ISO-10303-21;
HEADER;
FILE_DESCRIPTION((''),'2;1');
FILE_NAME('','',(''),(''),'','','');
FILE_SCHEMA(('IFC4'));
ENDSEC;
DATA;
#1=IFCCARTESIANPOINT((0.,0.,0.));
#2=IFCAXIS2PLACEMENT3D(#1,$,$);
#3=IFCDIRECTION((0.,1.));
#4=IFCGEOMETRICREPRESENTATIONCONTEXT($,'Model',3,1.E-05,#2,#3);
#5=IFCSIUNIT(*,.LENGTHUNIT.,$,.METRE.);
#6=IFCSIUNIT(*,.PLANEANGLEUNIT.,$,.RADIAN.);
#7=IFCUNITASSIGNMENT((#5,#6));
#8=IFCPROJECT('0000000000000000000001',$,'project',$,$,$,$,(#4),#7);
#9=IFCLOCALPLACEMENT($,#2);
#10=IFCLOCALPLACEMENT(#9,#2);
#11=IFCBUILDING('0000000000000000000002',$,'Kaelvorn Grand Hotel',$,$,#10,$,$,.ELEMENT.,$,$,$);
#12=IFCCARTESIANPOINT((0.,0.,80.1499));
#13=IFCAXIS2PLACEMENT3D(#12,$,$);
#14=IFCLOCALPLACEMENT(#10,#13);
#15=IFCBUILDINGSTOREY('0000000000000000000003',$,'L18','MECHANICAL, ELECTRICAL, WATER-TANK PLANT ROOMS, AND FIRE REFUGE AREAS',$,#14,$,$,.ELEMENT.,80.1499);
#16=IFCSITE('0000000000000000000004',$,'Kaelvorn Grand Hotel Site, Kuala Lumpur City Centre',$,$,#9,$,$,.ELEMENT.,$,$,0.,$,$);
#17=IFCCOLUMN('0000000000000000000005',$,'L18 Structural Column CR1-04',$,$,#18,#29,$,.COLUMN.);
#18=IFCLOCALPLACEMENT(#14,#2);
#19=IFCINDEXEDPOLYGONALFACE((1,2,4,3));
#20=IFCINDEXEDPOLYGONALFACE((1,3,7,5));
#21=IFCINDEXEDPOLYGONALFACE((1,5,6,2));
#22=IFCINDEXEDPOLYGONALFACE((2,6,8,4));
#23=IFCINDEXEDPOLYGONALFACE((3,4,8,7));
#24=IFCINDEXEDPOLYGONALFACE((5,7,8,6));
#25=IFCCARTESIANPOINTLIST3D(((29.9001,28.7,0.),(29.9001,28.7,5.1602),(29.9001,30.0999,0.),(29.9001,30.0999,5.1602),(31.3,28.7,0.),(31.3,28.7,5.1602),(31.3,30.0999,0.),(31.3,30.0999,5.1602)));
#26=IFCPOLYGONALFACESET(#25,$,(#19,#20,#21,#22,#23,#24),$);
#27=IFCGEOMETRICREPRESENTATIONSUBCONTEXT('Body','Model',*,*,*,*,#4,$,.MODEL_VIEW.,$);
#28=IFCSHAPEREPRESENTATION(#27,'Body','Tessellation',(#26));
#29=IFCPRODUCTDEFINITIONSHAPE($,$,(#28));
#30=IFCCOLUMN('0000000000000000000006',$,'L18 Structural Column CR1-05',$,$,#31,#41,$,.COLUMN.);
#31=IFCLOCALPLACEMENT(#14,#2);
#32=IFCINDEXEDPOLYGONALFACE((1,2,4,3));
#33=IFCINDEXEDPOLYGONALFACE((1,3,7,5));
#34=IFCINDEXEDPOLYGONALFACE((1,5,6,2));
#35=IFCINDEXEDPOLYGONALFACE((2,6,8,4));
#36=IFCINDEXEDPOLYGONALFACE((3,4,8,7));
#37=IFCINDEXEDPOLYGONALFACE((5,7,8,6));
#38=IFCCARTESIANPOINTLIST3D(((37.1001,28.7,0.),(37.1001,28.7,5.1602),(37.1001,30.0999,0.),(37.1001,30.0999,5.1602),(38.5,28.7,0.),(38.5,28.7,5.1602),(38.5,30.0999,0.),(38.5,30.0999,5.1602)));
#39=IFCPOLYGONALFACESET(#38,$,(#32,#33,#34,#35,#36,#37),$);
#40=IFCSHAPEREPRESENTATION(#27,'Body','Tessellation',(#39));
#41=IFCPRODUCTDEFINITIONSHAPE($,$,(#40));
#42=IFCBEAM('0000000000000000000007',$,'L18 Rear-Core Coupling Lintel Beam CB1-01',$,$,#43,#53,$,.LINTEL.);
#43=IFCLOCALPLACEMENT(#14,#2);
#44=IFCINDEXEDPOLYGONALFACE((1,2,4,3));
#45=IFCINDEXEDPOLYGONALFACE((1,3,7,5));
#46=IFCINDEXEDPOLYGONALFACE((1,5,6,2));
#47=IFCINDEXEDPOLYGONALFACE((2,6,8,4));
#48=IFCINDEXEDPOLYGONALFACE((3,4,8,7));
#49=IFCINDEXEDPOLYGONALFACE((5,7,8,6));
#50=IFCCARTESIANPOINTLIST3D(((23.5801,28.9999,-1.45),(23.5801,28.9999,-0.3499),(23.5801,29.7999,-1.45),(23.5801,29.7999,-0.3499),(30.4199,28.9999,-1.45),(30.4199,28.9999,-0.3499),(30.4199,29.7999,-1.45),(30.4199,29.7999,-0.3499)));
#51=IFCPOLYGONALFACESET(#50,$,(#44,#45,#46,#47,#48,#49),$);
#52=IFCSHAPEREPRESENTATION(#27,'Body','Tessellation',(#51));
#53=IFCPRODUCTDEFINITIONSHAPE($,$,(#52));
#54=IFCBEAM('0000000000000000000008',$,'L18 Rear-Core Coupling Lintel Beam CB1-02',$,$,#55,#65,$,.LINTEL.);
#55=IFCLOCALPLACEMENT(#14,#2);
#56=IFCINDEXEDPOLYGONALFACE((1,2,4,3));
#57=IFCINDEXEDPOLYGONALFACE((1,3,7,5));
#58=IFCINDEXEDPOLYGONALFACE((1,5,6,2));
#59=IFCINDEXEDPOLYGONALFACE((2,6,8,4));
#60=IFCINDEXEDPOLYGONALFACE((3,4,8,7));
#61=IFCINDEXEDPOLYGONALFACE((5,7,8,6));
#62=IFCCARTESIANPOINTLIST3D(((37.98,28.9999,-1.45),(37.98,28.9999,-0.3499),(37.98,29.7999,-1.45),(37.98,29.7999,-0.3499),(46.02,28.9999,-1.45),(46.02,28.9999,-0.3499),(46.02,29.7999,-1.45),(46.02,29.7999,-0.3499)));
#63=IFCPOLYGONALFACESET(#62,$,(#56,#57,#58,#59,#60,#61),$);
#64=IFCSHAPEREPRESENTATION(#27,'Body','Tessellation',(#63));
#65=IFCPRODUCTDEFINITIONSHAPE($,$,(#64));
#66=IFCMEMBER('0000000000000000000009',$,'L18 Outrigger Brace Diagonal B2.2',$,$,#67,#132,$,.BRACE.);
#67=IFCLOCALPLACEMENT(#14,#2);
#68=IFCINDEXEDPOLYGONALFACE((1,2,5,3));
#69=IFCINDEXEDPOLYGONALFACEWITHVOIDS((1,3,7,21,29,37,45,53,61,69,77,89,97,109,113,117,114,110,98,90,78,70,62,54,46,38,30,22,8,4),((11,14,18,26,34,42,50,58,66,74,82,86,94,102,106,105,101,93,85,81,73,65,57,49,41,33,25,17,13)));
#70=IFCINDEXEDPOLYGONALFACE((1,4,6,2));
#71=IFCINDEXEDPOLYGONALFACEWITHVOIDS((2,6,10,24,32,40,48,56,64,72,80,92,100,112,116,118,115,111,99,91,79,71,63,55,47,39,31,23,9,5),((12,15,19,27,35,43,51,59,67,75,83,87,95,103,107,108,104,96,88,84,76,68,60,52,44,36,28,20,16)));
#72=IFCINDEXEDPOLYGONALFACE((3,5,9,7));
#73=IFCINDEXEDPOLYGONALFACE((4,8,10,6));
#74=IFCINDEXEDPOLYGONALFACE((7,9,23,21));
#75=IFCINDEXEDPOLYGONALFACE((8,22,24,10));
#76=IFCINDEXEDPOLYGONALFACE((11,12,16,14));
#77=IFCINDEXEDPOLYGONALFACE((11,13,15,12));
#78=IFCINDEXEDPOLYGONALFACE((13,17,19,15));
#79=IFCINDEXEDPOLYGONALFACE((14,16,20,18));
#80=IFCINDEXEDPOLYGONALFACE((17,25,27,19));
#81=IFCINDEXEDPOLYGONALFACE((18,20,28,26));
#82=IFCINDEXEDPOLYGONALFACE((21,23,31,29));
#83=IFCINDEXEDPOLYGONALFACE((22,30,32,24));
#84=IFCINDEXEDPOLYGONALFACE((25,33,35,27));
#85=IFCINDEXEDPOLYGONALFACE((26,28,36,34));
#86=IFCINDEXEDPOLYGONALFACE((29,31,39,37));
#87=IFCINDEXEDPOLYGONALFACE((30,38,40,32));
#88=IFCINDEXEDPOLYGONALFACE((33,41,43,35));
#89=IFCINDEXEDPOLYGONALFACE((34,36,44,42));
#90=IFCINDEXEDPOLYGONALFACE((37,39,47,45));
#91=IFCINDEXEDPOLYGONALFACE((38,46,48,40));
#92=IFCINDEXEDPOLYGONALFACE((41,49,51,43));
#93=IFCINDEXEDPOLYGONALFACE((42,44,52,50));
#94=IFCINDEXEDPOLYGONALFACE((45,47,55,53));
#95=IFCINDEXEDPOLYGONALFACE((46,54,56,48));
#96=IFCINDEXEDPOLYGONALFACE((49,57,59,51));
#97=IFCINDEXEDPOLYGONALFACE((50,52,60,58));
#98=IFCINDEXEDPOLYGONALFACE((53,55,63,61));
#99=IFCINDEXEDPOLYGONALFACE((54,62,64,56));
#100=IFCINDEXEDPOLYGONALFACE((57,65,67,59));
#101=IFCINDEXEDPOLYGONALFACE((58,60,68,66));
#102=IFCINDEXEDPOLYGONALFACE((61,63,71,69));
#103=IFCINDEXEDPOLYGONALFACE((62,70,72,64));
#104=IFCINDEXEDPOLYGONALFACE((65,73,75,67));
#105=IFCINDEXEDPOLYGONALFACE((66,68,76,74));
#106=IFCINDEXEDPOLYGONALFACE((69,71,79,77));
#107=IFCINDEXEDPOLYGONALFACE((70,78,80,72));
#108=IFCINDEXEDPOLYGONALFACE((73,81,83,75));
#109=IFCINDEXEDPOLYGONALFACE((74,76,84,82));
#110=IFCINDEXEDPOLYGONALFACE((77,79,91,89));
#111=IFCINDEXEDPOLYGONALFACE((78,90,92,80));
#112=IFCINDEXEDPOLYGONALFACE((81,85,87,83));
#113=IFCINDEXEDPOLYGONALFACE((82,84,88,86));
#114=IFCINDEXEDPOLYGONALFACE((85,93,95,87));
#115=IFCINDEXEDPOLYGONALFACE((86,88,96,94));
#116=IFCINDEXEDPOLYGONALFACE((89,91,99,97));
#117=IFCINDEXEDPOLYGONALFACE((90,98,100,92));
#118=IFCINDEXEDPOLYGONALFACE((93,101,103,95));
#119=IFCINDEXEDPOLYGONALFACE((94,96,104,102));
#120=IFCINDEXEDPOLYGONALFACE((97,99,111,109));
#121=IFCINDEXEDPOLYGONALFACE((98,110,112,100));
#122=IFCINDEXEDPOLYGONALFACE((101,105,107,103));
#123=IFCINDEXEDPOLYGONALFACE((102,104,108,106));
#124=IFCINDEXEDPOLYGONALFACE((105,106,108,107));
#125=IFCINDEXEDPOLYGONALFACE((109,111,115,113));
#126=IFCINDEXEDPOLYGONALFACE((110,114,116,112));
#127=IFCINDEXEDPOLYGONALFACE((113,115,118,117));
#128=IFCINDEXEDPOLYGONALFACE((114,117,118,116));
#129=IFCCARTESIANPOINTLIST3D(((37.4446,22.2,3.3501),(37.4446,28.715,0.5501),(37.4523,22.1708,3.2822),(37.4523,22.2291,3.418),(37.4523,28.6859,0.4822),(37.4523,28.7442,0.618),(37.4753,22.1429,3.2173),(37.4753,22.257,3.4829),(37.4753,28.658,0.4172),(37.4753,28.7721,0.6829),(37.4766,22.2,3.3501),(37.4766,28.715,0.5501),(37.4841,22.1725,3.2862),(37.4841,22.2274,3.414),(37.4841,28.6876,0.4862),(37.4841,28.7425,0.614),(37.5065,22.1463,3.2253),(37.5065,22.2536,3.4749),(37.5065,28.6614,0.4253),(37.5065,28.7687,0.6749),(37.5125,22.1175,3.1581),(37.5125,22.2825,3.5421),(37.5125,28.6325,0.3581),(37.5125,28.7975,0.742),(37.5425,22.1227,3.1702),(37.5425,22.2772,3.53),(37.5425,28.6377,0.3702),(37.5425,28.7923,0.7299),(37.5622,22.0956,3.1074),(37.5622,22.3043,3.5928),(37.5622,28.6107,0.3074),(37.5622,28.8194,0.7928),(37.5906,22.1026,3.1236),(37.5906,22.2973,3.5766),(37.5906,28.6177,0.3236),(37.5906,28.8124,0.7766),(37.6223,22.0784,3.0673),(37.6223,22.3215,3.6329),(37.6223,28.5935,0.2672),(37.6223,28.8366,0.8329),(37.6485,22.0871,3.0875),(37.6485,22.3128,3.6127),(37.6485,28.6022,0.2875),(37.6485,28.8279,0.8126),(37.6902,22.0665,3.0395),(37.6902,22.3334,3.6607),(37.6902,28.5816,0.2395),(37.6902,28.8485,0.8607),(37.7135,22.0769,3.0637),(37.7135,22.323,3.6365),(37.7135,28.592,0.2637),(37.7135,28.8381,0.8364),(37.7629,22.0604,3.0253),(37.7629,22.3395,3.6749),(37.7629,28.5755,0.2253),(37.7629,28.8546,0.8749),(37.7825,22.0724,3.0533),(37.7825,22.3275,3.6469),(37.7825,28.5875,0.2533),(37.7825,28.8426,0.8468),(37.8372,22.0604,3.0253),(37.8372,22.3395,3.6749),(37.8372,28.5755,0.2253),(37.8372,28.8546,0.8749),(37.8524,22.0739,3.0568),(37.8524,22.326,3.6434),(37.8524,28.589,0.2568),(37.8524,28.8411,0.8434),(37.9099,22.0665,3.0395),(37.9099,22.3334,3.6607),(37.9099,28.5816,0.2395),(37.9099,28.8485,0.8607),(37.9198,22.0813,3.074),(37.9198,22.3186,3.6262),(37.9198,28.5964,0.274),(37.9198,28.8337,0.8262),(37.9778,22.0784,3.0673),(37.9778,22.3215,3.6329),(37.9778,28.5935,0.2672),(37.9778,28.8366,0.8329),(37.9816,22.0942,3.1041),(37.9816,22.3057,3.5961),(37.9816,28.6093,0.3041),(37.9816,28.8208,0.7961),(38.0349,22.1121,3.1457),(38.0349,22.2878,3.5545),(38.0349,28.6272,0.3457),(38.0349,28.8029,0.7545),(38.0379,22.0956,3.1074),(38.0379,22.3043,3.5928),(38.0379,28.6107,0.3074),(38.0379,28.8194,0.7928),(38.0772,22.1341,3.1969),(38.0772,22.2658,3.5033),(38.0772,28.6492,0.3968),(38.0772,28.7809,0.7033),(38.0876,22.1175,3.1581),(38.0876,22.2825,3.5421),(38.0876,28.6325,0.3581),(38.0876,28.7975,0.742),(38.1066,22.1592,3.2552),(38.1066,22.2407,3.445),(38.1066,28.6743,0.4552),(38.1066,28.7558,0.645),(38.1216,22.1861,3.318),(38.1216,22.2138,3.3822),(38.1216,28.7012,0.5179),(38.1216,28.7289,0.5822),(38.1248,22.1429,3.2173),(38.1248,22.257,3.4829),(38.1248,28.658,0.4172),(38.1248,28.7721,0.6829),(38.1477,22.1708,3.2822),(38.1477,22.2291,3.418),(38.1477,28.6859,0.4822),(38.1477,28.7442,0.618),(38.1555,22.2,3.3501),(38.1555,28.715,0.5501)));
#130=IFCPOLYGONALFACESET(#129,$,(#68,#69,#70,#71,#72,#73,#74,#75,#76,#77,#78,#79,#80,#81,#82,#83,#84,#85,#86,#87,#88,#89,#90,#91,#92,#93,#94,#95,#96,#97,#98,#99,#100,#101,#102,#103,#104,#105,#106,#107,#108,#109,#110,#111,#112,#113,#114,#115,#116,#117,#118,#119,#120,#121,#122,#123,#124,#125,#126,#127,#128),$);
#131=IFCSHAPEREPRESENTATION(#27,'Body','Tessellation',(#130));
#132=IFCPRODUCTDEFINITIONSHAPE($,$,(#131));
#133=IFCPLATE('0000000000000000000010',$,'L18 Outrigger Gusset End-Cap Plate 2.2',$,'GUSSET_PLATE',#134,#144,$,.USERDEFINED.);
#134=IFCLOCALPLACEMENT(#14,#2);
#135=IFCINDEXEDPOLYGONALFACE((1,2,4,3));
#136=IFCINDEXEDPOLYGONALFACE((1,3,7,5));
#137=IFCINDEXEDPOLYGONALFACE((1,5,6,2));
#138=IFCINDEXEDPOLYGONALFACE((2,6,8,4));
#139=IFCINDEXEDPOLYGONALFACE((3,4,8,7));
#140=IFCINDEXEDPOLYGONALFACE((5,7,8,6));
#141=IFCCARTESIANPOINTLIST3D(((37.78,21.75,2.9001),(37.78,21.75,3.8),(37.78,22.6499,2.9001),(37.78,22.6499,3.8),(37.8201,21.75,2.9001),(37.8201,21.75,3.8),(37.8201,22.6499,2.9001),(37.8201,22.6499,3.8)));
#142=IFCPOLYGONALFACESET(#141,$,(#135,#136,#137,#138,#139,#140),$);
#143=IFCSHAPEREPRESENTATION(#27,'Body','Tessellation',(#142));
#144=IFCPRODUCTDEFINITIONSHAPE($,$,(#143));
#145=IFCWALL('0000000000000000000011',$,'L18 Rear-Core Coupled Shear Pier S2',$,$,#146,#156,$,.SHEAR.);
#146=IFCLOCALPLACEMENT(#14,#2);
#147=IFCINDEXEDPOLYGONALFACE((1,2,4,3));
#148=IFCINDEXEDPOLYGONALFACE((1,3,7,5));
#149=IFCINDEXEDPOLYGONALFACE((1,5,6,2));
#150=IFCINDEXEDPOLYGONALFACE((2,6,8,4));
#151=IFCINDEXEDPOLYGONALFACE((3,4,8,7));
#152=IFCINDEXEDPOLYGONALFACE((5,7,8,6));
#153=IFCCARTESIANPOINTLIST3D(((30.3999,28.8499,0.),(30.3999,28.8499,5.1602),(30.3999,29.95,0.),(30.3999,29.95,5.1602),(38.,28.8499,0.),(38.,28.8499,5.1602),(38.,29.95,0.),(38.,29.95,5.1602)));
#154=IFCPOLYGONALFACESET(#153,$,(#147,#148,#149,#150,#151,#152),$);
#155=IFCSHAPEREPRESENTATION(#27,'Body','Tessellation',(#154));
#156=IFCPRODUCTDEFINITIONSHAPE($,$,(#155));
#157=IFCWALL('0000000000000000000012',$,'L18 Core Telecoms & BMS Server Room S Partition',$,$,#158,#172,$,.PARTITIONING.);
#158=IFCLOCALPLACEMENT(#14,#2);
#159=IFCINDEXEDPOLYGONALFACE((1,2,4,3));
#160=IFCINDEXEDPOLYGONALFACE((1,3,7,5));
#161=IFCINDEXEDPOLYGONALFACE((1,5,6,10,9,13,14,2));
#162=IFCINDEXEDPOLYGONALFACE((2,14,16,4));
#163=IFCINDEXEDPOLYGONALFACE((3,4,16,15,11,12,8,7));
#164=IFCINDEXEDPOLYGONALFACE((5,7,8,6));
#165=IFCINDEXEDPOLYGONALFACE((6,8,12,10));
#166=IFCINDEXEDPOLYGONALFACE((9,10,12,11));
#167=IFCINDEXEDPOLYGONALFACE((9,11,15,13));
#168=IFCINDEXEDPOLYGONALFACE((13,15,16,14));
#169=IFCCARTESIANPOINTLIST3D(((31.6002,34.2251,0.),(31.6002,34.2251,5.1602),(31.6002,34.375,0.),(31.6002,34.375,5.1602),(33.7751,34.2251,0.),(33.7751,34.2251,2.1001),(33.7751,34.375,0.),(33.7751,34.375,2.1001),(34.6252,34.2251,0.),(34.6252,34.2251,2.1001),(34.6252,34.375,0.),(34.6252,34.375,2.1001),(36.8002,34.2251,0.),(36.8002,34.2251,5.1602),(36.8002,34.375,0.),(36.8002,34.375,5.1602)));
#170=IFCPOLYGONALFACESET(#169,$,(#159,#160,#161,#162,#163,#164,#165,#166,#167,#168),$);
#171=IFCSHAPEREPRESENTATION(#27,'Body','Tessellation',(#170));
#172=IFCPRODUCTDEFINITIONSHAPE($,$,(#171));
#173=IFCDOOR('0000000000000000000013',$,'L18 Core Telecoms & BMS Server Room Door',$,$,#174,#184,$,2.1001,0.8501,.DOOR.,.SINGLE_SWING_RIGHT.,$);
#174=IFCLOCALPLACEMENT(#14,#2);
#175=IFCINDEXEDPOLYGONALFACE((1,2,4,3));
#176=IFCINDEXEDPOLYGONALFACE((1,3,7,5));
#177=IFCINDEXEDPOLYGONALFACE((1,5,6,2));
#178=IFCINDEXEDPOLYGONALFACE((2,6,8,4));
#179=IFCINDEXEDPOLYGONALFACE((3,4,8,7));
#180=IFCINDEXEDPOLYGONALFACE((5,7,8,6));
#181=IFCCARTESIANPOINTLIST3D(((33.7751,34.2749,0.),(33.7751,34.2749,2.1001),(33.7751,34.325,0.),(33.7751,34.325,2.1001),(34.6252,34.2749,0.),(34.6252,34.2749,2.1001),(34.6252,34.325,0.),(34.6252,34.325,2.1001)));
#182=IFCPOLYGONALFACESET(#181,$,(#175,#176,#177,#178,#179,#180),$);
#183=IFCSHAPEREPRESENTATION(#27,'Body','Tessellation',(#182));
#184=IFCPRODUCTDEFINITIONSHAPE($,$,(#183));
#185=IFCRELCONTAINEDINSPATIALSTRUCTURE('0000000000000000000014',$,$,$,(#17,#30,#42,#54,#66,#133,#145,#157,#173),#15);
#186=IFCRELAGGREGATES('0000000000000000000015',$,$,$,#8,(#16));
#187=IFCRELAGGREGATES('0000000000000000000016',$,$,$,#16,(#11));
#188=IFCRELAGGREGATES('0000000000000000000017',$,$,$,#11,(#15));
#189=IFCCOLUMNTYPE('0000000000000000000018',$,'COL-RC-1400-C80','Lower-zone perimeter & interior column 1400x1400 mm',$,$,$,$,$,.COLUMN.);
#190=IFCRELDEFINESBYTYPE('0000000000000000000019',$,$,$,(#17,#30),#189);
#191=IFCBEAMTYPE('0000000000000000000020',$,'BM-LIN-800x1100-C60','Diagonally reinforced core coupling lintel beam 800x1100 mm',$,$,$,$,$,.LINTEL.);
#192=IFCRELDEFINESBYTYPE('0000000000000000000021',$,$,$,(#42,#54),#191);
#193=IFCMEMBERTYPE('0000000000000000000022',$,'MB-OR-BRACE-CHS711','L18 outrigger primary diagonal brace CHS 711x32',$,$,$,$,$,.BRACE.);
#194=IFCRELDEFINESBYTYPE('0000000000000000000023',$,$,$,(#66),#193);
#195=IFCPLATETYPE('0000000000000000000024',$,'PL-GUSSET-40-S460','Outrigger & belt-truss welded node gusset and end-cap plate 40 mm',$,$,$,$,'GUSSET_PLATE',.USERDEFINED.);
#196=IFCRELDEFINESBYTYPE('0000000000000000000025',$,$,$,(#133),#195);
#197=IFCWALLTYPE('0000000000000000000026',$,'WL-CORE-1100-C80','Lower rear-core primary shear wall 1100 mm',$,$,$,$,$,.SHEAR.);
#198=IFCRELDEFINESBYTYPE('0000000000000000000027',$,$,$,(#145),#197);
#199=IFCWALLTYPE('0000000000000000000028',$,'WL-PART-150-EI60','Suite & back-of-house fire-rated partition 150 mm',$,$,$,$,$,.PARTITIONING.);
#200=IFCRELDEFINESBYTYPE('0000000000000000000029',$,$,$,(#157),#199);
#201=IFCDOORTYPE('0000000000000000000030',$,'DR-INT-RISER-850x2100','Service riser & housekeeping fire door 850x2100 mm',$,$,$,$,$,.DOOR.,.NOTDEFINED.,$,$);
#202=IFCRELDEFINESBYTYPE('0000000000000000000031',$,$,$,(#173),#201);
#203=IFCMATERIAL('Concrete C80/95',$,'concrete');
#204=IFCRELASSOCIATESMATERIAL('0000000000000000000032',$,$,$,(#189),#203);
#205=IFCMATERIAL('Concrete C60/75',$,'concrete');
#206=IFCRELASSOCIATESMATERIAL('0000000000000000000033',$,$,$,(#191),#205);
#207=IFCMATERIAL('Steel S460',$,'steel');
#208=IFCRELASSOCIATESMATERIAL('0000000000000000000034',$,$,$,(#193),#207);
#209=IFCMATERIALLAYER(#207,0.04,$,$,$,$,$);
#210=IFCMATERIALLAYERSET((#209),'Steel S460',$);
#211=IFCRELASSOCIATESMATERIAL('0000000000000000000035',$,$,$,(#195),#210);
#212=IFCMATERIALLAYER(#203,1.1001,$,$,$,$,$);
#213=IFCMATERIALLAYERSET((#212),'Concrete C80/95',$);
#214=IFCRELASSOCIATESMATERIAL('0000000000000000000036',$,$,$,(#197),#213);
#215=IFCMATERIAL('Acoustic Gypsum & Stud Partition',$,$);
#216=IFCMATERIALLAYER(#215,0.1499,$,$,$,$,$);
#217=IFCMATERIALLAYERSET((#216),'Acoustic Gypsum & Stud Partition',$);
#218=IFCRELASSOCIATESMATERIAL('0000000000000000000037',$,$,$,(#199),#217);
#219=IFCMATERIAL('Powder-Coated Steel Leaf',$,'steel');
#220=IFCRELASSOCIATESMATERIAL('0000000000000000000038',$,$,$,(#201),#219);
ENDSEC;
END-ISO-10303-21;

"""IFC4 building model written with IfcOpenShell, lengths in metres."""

from ifc_helpers import new_model, si_unit, direction, frame, frame_2d, origin, origin_2d, place, context, subcontext, project, spatial, rectangle, hollow_circle, extrude, material, layer, layer_set, material_profile, profile_set, type_object, element, fill, save


model = new_model("IFC4")

# Units and contexts
model_context = context("Model", 3, precision=1e-05, world=origin(), true_north=direction((0.0, 1.0)))
body_context = subcontext(model_context, "Body", "Model", "MODEL_VIEW")
ifc_project = project(units=[si_unit("LENGTHUNIT", "METRE"), si_unit("PLANEANGLEUNIT", "RADIAN")], contexts=[model_context])

# Site, building, storey
site_placement = place(None, origin())
site = spatial("IfcSite", under=ifc_project, at=site_placement, Name="Kaelvorn Grand Hotel Site, Kuala Lumpur City Centre", CompositionType="ELEMENT", RefElevation=0.0)
building_placement = place(site_placement, origin())
building = spatial("IfcBuilding", under=site, at=building_placement, Name="Kaelvorn Grand Hotel", CompositionType="ELEMENT")
storey_placement = place(building_placement, frame((0.0, 0.0, 80.1499)))
storey = spatial("IfcBuildingStorey", under=building, at=storey_placement, Name="L18", Description="MECHANICAL, ELECTRICAL, WATER-TANK PLANT ROOMS, AND FIRE REFUGE AREAS", CompositionType="ELEMENT", Elevation=80.1499)

# Columns
ifc_material_1 = material(Name="Concrete C80/95", Category="concrete")
ifc_material_profile_1 = material_profile(ifc_material_1, rectangle(XDim=1.3999, YDim=1.3999, at=origin_2d()), Name="RC COL 1400x1400")
ifc_profile_set_1 = profile_set([ifc_material_profile_1], Name="Concrete C80/95")
column_type = type_object("IfcColumnType", Name="COL-RC-1400-C80", Description="Lower-zone perimeter & interior column 1400x1400 mm", PredefinedType="COLUMN", material=ifc_profile_set_1)
for number, where, z_axis, x_axis, name in (
    (1, (30.6001, 29.3999, 0.0), (0.0, 0.0, 1.0), (1.0, 0.0, 0.0), "L18 Structural Column CR1-04"),
    (2, (37.8, 29.3999, 0.0), (0.0, 0.0, 1.0), (1.0, 0.0, 0.0), "L18 Structural Column CR1-05"),
):
    element("IfcColumn", number, at=place(storey_placement, frame(where, z_axis=z_axis, x_axis=x_axis)), inside=storey, type_object=column_type, Name=name, PredefinedType="COLUMN", context=body_context, shape_type="SweptSolid", body=[
        extrude(rectangle(XDim=1.3999, YDim=1.3999, at=origin_2d()), origin(), (0.0, 0.0, 1.0), 5.1602),
    ])

# Beams
ifc_material_2 = material(Name="Concrete C60/75", Category="concrete")
ifc_material_profile_2 = material_profile(ifc_material_2, rectangle(XDim=0.8, YDim=1.1001, at=origin_2d()), Name="RC LINTEL 800x1100")
ifc_profile_set_2 = profile_set([ifc_material_profile_2], Name="Concrete C60/75")
beam_type = type_object("IfcBeamType", Name="BM-LIN-800x1100-C60", Description="Diagonally reinforced core coupling lintel beam 800x1100 mm", PredefinedType="LINTEL", material=ifc_profile_set_2)
beam_1_placement = place(storey_placement, frame((23.5801, 29.3999, -0.8999), z_axis=(1.0, 0.0, 0.0), x_axis=(0.0, 1.0, 0.0)))
element("IfcBeam", 3, at=beam_1_placement, inside=storey, type_object=beam_type, Name="L18 Rear-Core Coupling Lintel Beam CB1-01", PredefinedType="LINTEL", context=body_context, shape_type="SweptSolid", body=[
    extrude(rectangle(XDim=0.8, YDim=1.1001, at=origin_2d()), origin(), (0.0, 0.0, 1.0), 6.8398),
])
beam_2_placement = place(storey_placement, frame((37.98, 29.3999, -0.8999), z_axis=(1.0, 0.0, 0.0), x_axis=(0.0, 1.0, 0.0)))
element("IfcBeam", 4, at=beam_2_placement, inside=storey, type_object=beam_type, Name="L18 Rear-Core Coupling Lintel Beam CB1-02", PredefinedType="LINTEL", context=body_context, shape_type="SweptSolid", body=[
    extrude(rectangle(XDim=0.8, YDim=1.1001, at=origin_2d()), origin(), (0.0, 0.0, 1.0), 8.04),
])

# Member
ifc_material_3 = material(Name="Steel S460", Category="steel")
ifc_material_profile_3 = material_profile(ifc_material_3, hollow_circle(Radius=0.3555, WallThickness=0.032, at=origin_2d()), Name="CHS 711.0x32.0")
ifc_profile_set_3 = profile_set([ifc_material_profile_3], Name="Steel S460")
member_type = type_object("IfcMemberType", Name="MB-OR-BRACE-CHS711", Description="L18 outrigger primary diagonal brace CHS 711x32", PredefinedType="BRACE", material=ifc_profile_set_3)
member_placement = place(storey_placement, frame((37.8, 22.2, 3.3501), z_axis=(0.0, 0.918744, -0.394854), x_axis=(-1.0, 0.0, 0.0)))
element("IfcMember", 5, at=member_placement, inside=storey, type_object=member_type, Name="L18 Outrigger Brace Diagonal B2.2", PredefinedType="BRACE", context=body_context, shape_type="SweptSolid", body=[
    extrude(hollow_circle(Radius=0.3555, WallThickness=0.032, at=origin_2d()), origin(), (0.0, 0.0, 1.0), 7.0913),
])

# Plate
ifc_layer_1 = layer(ifc_material_3, 0.04)
ifc_layer_set_1 = layer_set([ifc_layer_1], Name="Steel S460")
plate_type = type_object("IfcPlateType", Name="PL-GUSSET-40-S460", Description="Outrigger & belt-truss welded node gusset and end-cap plate 40 mm", ElementType="GUSSET_PLATE", PredefinedType="USERDEFINED", material=ifc_layer_set_1)
plate_placement = place(storey_placement, frame((37.8, 22.2, 2.9001), z_axis=(0.0, 0.0, 1.0), x_axis=(1.0, 0.0, 0.0)))
element("IfcPlate", 6, at=plate_placement, inside=storey, type_object=plate_type, Name="L18 Outrigger Gusset End-Cap Plate 2.2", ObjectType="GUSSET_PLATE", PredefinedType="USERDEFINED", context=body_context, shape_type="SweptSolid", body=[
    extrude(rectangle(XDim=0.04, YDim=0.8999, at=origin_2d()), origin(), (0.0, 0.0, 1.0), 0.8999),
])

# Wall
ifc_layer_2 = layer(ifc_material_1, 1.1001)
ifc_layer_set_2 = layer_set([ifc_layer_2], Name="Concrete C80/95")
wall_type_1 = type_object("IfcWallType", Name="WL-CORE-1100-C80", Description="Lower rear-core primary shear wall 1100 mm", PredefinedType="SHEAR", material=ifc_layer_set_2)
wall_1_placement = place(storey_placement, frame((30.3999, 29.3999, 0.0), z_axis=(0.0, 0.0, 1.0), x_axis=(1.0, 0.0, 0.0)))
element("IfcWall", 7, at=wall_1_placement, inside=storey, type_object=wall_type_1, Name="L18 Rear-Core Coupled Shear Pier S2", PredefinedType="SHEAR", context=body_context, shape_type="SweptSolid", body=[
    extrude(rectangle(XDim=7.6001, YDim=1.1001, at=frame_2d((3.8, 0.0))), origin(), (0.0, 0.0, 1.0), 5.1602),
])

# Wall, opening, door
ifc_material_4 = material(Name="Acoustic Gypsum & Stud Partition")
ifc_layer_3 = layer(ifc_material_4, 0.1499)
ifc_layer_set_3 = layer_set([ifc_layer_3], Name="Acoustic Gypsum & Stud Partition")
wall_type_2 = type_object("IfcWallType", Name="WL-PART-150-EI60", Description="Suite & back-of-house fire-rated partition 150 mm", PredefinedType="PARTITIONING", material=ifc_layer_set_3)
wall_2_placement = place(storey_placement, frame((31.6001, 34.3, 0.0), z_axis=(0.0, 0.0, 1.0), x_axis=(1.0, 0.0, 0.0)))
wall_2 = element("IfcWall", 8, at=wall_2_placement, inside=storey, type_object=wall_type_2, Name="L18 Core Telecoms & BMS Server Room S Partition", PredefinedType="PARTITIONING", context=body_context, shape_type="SweptSolid", body=[
    extrude(rectangle(XDim=5.2, YDim=0.1499, at=frame_2d((2.6001, 0.0))), origin(), (0.0, 0.0, 1.0), 5.1602),
])
opening_1_placement = place(wall_2_placement, frame((2.175, 0.0, 0.0)))
opening_1 = element("IfcOpeningElement", 9, at=opening_1_placement, cuts=wall_2, PredefinedType="OPENING", context=body_context, shape_type="SweptSolid", body=[
    extrude(rectangle(XDim=0.8501, YDim=2.1001, at=frame_2d((0.425, 1.05))), frame((0.0, 0.085, 0.0), z_axis=(0.0, -1.0, 0.0), x_axis=(1.0, 0.0, 0.0)), (0.0, 0.0, 1.0), 0.1699),
])
ifc_material_5 = material(Name="Powder-Coated Steel Leaf", Category="steel")
door_type_1 = type_object("IfcDoorType", Name="DR-INT-RISER-850x2100", Description="Service riser & housekeeping fire door 850x2100 mm", OperationType="NOTDEFINED", PredefinedType="DOOR", material=ifc_material_5)
door_1_placement = place(opening_1_placement, origin())
door_1 = element("IfcDoor", 10, at=door_1_placement, inside=storey, type_object=door_type_1, Name="L18 Core Telecoms & BMS Server Room Door", OperationType="SINGLE_SWING_RIGHT", OverallHeight=2.1001, OverallWidth=0.8501, PredefinedType="DOOR", context=body_context, shape_type="SweptSolid", body=[
    extrude(rectangle(XDim=0.8501, YDim=2.1001, at=frame_2d((0.425, 1.05))), frame((0.0, 0.0249, 0.0), z_axis=(0.0, -1.0, 0.0), x_axis=(1.0, 0.0, 0.0)), (0.0, 0.0, 1.0), 0.05),
])
fill(opening_1, door_1)

save(model, "model.ifc")
